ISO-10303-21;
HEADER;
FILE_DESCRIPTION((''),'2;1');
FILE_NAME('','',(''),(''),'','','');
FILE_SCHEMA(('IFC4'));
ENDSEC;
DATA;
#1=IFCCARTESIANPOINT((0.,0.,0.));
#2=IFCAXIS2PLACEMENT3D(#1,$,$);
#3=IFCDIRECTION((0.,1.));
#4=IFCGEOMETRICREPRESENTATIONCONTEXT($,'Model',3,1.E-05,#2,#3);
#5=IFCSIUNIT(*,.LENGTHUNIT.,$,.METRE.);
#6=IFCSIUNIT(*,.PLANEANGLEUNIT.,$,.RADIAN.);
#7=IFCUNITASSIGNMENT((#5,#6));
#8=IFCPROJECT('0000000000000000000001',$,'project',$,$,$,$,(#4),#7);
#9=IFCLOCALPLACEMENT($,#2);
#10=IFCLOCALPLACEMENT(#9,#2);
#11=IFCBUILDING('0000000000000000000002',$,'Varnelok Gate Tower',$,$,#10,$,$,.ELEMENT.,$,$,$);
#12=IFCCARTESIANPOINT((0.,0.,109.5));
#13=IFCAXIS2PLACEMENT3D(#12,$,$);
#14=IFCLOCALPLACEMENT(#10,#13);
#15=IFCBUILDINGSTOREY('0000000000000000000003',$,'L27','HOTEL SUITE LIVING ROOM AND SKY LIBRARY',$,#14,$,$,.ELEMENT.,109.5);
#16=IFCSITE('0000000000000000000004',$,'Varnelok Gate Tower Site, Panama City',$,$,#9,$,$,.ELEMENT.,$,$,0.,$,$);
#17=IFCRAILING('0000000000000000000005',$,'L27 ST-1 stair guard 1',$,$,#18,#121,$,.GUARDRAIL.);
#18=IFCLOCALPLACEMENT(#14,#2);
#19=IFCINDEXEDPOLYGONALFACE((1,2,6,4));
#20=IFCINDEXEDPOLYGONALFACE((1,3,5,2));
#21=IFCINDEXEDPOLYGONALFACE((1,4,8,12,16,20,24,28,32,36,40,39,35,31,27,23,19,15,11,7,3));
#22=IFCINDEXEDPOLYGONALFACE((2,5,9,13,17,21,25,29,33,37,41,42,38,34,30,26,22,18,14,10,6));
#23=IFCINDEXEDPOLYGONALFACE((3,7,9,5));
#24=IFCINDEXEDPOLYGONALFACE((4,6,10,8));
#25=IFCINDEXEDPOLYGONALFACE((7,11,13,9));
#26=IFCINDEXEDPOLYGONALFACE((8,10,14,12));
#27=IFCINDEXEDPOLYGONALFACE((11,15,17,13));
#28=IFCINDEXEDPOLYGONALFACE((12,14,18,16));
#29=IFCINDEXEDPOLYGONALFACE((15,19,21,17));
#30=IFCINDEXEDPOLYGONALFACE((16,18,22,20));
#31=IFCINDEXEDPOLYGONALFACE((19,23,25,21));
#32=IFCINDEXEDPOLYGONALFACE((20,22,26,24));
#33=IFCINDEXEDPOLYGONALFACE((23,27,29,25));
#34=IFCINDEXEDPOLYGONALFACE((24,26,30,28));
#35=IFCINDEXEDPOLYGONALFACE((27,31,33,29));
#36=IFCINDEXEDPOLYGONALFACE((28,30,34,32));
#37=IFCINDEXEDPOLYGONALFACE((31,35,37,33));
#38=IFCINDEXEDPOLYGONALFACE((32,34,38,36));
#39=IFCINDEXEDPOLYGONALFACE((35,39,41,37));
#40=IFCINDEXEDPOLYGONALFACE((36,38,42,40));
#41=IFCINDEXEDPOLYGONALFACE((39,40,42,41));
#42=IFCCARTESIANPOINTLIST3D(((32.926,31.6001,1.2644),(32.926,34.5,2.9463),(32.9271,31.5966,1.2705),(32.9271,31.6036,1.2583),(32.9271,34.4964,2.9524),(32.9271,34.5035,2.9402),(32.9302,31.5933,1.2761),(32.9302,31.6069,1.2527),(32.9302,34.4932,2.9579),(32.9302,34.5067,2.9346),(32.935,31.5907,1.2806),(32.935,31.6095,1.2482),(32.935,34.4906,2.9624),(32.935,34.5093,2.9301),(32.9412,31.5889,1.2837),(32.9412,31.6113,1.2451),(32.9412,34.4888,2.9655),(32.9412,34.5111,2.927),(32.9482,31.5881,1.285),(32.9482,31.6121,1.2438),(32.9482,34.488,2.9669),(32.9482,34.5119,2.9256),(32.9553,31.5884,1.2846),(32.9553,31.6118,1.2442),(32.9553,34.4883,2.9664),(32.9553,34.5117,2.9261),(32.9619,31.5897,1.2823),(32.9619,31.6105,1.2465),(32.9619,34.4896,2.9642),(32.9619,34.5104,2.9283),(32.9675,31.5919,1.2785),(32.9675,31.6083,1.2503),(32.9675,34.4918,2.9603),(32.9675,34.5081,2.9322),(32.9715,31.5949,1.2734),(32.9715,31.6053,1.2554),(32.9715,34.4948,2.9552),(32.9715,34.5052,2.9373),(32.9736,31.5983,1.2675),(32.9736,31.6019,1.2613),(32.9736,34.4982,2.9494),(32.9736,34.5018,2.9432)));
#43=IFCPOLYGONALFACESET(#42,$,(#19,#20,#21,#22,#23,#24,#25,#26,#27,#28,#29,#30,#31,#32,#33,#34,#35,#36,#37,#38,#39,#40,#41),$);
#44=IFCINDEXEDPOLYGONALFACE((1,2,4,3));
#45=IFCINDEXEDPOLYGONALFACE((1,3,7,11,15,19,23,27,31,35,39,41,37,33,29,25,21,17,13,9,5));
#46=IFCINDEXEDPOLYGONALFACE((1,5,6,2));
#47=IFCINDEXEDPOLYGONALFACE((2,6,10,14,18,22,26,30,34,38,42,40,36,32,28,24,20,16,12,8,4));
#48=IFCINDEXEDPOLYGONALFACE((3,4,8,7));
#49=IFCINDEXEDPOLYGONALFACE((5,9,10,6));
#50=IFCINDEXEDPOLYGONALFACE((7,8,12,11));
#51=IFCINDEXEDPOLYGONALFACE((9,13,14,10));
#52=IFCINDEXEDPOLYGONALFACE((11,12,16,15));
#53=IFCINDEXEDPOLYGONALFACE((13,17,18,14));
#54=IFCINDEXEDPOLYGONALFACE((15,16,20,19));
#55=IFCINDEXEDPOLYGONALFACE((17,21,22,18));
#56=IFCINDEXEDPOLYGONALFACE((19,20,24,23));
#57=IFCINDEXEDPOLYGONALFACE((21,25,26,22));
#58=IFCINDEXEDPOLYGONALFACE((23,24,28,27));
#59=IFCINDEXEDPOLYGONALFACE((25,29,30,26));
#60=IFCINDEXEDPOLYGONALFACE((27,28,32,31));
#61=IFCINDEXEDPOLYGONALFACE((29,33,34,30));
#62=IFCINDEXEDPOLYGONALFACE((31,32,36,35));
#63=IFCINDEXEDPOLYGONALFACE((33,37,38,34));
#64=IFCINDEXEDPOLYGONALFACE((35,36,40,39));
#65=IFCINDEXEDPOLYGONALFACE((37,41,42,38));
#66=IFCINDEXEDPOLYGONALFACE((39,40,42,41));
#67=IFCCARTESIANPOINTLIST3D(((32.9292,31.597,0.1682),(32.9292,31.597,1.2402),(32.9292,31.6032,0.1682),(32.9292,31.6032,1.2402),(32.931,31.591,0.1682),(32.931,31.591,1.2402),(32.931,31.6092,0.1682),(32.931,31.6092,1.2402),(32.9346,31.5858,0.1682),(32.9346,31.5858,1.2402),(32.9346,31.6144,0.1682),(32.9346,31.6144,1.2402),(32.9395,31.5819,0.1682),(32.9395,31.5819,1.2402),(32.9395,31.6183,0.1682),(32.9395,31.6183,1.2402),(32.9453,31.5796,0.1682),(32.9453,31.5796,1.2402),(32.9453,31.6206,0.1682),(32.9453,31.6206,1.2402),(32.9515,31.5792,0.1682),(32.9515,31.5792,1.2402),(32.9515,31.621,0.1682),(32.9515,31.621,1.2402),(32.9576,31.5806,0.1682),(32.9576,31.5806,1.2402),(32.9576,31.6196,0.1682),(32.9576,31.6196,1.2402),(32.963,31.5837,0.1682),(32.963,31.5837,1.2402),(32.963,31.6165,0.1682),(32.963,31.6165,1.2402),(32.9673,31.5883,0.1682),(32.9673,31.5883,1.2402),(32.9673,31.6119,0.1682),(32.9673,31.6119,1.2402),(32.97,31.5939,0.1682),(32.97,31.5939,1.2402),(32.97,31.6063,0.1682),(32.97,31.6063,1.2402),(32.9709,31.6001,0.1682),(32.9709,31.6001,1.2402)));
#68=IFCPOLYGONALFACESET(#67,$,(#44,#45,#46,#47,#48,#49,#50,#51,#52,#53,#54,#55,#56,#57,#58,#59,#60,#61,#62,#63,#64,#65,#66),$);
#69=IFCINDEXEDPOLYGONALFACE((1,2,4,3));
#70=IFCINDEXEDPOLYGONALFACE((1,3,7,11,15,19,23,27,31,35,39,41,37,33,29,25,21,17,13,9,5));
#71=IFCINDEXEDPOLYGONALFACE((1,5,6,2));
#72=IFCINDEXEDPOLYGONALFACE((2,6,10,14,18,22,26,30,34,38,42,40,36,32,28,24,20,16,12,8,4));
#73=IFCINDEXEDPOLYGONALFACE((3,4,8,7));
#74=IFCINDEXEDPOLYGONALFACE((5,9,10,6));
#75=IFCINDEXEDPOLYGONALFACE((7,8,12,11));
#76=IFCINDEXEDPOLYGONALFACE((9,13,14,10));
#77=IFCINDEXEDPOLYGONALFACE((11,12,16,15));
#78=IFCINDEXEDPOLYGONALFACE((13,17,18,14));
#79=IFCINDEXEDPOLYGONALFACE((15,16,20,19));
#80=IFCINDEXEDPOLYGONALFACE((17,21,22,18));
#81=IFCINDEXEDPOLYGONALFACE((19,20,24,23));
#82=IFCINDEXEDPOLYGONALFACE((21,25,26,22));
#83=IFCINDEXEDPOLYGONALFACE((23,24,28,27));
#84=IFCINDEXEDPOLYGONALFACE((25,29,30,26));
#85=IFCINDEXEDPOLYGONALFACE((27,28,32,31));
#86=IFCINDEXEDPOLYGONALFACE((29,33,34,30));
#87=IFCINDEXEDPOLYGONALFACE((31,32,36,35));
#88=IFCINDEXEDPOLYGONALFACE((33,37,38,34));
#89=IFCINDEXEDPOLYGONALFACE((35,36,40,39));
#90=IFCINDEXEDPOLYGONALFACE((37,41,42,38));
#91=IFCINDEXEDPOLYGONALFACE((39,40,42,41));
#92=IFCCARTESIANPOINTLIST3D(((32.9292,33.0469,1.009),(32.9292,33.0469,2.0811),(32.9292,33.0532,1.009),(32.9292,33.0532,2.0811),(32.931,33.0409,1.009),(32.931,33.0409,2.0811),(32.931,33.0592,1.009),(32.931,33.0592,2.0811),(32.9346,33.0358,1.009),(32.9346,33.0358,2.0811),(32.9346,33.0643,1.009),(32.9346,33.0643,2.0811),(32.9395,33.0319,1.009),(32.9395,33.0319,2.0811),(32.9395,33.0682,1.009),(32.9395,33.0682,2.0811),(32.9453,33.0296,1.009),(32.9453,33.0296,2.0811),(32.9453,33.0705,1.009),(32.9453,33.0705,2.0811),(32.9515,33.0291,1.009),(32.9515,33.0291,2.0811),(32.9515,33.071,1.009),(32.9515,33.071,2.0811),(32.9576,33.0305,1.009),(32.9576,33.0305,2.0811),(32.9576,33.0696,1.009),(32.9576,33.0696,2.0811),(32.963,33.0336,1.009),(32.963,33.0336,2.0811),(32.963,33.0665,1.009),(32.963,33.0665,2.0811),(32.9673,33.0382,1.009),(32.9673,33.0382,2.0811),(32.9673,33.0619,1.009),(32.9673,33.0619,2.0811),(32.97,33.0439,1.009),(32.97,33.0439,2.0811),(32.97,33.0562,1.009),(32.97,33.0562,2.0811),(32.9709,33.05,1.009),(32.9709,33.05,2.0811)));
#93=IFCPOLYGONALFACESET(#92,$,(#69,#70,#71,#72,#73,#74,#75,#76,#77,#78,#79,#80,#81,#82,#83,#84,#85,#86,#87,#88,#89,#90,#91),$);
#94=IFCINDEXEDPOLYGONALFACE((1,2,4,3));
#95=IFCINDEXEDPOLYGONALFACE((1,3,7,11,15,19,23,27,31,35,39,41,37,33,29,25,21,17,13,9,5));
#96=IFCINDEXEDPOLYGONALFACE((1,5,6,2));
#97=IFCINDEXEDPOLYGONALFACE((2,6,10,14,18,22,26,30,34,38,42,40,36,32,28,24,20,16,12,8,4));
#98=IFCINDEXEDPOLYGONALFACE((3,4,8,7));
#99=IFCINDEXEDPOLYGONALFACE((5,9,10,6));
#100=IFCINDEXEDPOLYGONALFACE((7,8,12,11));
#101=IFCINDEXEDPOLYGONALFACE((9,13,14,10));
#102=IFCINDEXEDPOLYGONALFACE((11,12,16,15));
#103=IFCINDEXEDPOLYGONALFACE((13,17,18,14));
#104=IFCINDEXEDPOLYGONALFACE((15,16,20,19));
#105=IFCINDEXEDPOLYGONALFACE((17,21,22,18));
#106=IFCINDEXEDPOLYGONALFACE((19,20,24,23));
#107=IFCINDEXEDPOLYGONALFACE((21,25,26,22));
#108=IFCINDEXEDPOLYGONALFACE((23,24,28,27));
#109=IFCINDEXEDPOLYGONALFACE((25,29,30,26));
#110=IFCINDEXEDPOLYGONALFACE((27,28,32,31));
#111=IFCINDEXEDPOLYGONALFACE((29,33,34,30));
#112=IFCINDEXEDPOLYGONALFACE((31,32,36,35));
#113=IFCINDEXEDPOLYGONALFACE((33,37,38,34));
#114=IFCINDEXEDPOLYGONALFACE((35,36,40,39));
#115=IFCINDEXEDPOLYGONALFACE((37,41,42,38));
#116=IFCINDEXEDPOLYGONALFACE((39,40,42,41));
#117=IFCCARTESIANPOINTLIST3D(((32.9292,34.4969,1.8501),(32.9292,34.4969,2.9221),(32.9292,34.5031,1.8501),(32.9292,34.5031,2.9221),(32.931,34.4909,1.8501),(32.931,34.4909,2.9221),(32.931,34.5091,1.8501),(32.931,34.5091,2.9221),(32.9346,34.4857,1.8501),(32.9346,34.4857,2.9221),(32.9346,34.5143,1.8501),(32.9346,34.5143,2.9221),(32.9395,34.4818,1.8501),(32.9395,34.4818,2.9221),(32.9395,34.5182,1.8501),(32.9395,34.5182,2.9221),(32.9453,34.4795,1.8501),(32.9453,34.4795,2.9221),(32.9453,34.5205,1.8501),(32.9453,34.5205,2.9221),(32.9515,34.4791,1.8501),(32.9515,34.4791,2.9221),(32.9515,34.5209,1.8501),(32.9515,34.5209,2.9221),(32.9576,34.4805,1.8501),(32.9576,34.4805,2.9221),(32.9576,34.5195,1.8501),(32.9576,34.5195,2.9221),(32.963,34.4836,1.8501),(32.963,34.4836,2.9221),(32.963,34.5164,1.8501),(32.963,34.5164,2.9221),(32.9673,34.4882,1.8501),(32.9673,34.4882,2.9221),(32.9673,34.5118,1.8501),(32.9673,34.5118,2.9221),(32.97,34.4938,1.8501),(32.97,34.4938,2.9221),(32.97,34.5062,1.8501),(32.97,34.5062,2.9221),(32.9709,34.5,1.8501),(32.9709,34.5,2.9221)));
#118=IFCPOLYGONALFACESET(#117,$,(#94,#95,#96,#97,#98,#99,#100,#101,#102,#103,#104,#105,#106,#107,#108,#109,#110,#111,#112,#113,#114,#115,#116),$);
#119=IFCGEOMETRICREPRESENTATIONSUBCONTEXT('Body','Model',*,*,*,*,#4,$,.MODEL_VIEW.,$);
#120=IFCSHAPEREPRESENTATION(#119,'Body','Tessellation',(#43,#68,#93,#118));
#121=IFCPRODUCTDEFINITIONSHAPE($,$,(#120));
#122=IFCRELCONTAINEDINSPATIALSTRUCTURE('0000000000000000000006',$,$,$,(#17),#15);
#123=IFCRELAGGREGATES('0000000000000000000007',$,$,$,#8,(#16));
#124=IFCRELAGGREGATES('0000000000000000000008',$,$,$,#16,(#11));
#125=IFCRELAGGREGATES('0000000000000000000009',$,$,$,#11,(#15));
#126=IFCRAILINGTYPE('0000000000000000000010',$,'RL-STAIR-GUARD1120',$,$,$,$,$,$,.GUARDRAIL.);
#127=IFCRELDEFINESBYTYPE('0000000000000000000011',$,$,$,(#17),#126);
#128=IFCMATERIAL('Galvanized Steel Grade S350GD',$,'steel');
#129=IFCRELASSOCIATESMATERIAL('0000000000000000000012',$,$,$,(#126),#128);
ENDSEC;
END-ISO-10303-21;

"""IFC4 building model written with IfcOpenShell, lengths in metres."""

from ifc_helpers import new_model, si_unit, direction, frame, origin, origin_2d, place, context, subcontext, project, spatial, circle, extrude, material, type_object, element, save


model = new_model("IFC4")

# Units and contexts
model_context = context("Model", 3, precision=1e-05, world=origin(), true_north=direction((0.0, 1.0)))
body_context = subcontext(model_context, "Body", "Model", "MODEL_VIEW")
ifc_project = project(units=[si_unit("LENGTHUNIT", "METRE"), si_unit("PLANEANGLEUNIT", "RADIAN")], contexts=[model_context])

# Site, building, storey
site_placement = place(None, origin())
site = spatial("IfcSite", under=ifc_project, at=site_placement, Name="Varnelok Gate Tower Site, Panama City", CompositionType="ELEMENT", RefElevation=0.0)
building_placement = place(site_placement, origin())
building = spatial("IfcBuilding", under=site, at=building_placement, Name="Varnelok Gate Tower", CompositionType="ELEMENT")
storey_placement = place(building_placement, frame((0.0, 0.0, 109.5)))
storey = spatial("IfcBuildingStorey", under=building, at=storey_placement, Name="L27", Description="HOTEL SUITE LIVING ROOM AND SKY LIBRARY", CompositionType="ELEMENT", Elevation=109.5)

# Shared definitions
ifc_material_1 = material(Name="Galvanized Steel Grade S350GD", Category="steel")

# Railing
railing_type_1 = type_object("IfcRailingType", Name="RL-STAIR-GUARD1120", PredefinedType="GUARDRAIL", material=ifc_material_1)
railing_1_placement = place(storey_placement, frame((32.95, 31.6001, 0.1682)))
element("IfcRailing", 1, at=railing_1_placement, inside=storey, type_object=railing_type_1, Name="L27 ST-1 stair guard 1", PredefinedType="GUARDRAIL", context=body_context, shape_type="SweptSolid", body=[
    extrude(circle(Radius=0.0239, at=origin_2d()), frame((0.0, 0.0, 1.0962), z_axis=(0.0, 0.865039, 0.501705), x_axis=(-1.0, 0.0, 0.0)), (0.0, 0.0, 1.0), 3.3523),
    extrude(circle(Radius=0.021, at=origin_2d()), origin(), (0.0, 0.0, 1.0), 1.072),
    extrude(circle(Radius=0.021, at=origin_2d()), frame((0.0, 1.45, 0.8408)), (0.0, 0.0, 1.0), 1.072),
    extrude(circle(Radius=0.021, at=origin_2d()), frame((0.0, 2.8999, 1.6819)), (0.0, 0.0, 1.0), 1.072),
])

save(model, "model.ifc")
